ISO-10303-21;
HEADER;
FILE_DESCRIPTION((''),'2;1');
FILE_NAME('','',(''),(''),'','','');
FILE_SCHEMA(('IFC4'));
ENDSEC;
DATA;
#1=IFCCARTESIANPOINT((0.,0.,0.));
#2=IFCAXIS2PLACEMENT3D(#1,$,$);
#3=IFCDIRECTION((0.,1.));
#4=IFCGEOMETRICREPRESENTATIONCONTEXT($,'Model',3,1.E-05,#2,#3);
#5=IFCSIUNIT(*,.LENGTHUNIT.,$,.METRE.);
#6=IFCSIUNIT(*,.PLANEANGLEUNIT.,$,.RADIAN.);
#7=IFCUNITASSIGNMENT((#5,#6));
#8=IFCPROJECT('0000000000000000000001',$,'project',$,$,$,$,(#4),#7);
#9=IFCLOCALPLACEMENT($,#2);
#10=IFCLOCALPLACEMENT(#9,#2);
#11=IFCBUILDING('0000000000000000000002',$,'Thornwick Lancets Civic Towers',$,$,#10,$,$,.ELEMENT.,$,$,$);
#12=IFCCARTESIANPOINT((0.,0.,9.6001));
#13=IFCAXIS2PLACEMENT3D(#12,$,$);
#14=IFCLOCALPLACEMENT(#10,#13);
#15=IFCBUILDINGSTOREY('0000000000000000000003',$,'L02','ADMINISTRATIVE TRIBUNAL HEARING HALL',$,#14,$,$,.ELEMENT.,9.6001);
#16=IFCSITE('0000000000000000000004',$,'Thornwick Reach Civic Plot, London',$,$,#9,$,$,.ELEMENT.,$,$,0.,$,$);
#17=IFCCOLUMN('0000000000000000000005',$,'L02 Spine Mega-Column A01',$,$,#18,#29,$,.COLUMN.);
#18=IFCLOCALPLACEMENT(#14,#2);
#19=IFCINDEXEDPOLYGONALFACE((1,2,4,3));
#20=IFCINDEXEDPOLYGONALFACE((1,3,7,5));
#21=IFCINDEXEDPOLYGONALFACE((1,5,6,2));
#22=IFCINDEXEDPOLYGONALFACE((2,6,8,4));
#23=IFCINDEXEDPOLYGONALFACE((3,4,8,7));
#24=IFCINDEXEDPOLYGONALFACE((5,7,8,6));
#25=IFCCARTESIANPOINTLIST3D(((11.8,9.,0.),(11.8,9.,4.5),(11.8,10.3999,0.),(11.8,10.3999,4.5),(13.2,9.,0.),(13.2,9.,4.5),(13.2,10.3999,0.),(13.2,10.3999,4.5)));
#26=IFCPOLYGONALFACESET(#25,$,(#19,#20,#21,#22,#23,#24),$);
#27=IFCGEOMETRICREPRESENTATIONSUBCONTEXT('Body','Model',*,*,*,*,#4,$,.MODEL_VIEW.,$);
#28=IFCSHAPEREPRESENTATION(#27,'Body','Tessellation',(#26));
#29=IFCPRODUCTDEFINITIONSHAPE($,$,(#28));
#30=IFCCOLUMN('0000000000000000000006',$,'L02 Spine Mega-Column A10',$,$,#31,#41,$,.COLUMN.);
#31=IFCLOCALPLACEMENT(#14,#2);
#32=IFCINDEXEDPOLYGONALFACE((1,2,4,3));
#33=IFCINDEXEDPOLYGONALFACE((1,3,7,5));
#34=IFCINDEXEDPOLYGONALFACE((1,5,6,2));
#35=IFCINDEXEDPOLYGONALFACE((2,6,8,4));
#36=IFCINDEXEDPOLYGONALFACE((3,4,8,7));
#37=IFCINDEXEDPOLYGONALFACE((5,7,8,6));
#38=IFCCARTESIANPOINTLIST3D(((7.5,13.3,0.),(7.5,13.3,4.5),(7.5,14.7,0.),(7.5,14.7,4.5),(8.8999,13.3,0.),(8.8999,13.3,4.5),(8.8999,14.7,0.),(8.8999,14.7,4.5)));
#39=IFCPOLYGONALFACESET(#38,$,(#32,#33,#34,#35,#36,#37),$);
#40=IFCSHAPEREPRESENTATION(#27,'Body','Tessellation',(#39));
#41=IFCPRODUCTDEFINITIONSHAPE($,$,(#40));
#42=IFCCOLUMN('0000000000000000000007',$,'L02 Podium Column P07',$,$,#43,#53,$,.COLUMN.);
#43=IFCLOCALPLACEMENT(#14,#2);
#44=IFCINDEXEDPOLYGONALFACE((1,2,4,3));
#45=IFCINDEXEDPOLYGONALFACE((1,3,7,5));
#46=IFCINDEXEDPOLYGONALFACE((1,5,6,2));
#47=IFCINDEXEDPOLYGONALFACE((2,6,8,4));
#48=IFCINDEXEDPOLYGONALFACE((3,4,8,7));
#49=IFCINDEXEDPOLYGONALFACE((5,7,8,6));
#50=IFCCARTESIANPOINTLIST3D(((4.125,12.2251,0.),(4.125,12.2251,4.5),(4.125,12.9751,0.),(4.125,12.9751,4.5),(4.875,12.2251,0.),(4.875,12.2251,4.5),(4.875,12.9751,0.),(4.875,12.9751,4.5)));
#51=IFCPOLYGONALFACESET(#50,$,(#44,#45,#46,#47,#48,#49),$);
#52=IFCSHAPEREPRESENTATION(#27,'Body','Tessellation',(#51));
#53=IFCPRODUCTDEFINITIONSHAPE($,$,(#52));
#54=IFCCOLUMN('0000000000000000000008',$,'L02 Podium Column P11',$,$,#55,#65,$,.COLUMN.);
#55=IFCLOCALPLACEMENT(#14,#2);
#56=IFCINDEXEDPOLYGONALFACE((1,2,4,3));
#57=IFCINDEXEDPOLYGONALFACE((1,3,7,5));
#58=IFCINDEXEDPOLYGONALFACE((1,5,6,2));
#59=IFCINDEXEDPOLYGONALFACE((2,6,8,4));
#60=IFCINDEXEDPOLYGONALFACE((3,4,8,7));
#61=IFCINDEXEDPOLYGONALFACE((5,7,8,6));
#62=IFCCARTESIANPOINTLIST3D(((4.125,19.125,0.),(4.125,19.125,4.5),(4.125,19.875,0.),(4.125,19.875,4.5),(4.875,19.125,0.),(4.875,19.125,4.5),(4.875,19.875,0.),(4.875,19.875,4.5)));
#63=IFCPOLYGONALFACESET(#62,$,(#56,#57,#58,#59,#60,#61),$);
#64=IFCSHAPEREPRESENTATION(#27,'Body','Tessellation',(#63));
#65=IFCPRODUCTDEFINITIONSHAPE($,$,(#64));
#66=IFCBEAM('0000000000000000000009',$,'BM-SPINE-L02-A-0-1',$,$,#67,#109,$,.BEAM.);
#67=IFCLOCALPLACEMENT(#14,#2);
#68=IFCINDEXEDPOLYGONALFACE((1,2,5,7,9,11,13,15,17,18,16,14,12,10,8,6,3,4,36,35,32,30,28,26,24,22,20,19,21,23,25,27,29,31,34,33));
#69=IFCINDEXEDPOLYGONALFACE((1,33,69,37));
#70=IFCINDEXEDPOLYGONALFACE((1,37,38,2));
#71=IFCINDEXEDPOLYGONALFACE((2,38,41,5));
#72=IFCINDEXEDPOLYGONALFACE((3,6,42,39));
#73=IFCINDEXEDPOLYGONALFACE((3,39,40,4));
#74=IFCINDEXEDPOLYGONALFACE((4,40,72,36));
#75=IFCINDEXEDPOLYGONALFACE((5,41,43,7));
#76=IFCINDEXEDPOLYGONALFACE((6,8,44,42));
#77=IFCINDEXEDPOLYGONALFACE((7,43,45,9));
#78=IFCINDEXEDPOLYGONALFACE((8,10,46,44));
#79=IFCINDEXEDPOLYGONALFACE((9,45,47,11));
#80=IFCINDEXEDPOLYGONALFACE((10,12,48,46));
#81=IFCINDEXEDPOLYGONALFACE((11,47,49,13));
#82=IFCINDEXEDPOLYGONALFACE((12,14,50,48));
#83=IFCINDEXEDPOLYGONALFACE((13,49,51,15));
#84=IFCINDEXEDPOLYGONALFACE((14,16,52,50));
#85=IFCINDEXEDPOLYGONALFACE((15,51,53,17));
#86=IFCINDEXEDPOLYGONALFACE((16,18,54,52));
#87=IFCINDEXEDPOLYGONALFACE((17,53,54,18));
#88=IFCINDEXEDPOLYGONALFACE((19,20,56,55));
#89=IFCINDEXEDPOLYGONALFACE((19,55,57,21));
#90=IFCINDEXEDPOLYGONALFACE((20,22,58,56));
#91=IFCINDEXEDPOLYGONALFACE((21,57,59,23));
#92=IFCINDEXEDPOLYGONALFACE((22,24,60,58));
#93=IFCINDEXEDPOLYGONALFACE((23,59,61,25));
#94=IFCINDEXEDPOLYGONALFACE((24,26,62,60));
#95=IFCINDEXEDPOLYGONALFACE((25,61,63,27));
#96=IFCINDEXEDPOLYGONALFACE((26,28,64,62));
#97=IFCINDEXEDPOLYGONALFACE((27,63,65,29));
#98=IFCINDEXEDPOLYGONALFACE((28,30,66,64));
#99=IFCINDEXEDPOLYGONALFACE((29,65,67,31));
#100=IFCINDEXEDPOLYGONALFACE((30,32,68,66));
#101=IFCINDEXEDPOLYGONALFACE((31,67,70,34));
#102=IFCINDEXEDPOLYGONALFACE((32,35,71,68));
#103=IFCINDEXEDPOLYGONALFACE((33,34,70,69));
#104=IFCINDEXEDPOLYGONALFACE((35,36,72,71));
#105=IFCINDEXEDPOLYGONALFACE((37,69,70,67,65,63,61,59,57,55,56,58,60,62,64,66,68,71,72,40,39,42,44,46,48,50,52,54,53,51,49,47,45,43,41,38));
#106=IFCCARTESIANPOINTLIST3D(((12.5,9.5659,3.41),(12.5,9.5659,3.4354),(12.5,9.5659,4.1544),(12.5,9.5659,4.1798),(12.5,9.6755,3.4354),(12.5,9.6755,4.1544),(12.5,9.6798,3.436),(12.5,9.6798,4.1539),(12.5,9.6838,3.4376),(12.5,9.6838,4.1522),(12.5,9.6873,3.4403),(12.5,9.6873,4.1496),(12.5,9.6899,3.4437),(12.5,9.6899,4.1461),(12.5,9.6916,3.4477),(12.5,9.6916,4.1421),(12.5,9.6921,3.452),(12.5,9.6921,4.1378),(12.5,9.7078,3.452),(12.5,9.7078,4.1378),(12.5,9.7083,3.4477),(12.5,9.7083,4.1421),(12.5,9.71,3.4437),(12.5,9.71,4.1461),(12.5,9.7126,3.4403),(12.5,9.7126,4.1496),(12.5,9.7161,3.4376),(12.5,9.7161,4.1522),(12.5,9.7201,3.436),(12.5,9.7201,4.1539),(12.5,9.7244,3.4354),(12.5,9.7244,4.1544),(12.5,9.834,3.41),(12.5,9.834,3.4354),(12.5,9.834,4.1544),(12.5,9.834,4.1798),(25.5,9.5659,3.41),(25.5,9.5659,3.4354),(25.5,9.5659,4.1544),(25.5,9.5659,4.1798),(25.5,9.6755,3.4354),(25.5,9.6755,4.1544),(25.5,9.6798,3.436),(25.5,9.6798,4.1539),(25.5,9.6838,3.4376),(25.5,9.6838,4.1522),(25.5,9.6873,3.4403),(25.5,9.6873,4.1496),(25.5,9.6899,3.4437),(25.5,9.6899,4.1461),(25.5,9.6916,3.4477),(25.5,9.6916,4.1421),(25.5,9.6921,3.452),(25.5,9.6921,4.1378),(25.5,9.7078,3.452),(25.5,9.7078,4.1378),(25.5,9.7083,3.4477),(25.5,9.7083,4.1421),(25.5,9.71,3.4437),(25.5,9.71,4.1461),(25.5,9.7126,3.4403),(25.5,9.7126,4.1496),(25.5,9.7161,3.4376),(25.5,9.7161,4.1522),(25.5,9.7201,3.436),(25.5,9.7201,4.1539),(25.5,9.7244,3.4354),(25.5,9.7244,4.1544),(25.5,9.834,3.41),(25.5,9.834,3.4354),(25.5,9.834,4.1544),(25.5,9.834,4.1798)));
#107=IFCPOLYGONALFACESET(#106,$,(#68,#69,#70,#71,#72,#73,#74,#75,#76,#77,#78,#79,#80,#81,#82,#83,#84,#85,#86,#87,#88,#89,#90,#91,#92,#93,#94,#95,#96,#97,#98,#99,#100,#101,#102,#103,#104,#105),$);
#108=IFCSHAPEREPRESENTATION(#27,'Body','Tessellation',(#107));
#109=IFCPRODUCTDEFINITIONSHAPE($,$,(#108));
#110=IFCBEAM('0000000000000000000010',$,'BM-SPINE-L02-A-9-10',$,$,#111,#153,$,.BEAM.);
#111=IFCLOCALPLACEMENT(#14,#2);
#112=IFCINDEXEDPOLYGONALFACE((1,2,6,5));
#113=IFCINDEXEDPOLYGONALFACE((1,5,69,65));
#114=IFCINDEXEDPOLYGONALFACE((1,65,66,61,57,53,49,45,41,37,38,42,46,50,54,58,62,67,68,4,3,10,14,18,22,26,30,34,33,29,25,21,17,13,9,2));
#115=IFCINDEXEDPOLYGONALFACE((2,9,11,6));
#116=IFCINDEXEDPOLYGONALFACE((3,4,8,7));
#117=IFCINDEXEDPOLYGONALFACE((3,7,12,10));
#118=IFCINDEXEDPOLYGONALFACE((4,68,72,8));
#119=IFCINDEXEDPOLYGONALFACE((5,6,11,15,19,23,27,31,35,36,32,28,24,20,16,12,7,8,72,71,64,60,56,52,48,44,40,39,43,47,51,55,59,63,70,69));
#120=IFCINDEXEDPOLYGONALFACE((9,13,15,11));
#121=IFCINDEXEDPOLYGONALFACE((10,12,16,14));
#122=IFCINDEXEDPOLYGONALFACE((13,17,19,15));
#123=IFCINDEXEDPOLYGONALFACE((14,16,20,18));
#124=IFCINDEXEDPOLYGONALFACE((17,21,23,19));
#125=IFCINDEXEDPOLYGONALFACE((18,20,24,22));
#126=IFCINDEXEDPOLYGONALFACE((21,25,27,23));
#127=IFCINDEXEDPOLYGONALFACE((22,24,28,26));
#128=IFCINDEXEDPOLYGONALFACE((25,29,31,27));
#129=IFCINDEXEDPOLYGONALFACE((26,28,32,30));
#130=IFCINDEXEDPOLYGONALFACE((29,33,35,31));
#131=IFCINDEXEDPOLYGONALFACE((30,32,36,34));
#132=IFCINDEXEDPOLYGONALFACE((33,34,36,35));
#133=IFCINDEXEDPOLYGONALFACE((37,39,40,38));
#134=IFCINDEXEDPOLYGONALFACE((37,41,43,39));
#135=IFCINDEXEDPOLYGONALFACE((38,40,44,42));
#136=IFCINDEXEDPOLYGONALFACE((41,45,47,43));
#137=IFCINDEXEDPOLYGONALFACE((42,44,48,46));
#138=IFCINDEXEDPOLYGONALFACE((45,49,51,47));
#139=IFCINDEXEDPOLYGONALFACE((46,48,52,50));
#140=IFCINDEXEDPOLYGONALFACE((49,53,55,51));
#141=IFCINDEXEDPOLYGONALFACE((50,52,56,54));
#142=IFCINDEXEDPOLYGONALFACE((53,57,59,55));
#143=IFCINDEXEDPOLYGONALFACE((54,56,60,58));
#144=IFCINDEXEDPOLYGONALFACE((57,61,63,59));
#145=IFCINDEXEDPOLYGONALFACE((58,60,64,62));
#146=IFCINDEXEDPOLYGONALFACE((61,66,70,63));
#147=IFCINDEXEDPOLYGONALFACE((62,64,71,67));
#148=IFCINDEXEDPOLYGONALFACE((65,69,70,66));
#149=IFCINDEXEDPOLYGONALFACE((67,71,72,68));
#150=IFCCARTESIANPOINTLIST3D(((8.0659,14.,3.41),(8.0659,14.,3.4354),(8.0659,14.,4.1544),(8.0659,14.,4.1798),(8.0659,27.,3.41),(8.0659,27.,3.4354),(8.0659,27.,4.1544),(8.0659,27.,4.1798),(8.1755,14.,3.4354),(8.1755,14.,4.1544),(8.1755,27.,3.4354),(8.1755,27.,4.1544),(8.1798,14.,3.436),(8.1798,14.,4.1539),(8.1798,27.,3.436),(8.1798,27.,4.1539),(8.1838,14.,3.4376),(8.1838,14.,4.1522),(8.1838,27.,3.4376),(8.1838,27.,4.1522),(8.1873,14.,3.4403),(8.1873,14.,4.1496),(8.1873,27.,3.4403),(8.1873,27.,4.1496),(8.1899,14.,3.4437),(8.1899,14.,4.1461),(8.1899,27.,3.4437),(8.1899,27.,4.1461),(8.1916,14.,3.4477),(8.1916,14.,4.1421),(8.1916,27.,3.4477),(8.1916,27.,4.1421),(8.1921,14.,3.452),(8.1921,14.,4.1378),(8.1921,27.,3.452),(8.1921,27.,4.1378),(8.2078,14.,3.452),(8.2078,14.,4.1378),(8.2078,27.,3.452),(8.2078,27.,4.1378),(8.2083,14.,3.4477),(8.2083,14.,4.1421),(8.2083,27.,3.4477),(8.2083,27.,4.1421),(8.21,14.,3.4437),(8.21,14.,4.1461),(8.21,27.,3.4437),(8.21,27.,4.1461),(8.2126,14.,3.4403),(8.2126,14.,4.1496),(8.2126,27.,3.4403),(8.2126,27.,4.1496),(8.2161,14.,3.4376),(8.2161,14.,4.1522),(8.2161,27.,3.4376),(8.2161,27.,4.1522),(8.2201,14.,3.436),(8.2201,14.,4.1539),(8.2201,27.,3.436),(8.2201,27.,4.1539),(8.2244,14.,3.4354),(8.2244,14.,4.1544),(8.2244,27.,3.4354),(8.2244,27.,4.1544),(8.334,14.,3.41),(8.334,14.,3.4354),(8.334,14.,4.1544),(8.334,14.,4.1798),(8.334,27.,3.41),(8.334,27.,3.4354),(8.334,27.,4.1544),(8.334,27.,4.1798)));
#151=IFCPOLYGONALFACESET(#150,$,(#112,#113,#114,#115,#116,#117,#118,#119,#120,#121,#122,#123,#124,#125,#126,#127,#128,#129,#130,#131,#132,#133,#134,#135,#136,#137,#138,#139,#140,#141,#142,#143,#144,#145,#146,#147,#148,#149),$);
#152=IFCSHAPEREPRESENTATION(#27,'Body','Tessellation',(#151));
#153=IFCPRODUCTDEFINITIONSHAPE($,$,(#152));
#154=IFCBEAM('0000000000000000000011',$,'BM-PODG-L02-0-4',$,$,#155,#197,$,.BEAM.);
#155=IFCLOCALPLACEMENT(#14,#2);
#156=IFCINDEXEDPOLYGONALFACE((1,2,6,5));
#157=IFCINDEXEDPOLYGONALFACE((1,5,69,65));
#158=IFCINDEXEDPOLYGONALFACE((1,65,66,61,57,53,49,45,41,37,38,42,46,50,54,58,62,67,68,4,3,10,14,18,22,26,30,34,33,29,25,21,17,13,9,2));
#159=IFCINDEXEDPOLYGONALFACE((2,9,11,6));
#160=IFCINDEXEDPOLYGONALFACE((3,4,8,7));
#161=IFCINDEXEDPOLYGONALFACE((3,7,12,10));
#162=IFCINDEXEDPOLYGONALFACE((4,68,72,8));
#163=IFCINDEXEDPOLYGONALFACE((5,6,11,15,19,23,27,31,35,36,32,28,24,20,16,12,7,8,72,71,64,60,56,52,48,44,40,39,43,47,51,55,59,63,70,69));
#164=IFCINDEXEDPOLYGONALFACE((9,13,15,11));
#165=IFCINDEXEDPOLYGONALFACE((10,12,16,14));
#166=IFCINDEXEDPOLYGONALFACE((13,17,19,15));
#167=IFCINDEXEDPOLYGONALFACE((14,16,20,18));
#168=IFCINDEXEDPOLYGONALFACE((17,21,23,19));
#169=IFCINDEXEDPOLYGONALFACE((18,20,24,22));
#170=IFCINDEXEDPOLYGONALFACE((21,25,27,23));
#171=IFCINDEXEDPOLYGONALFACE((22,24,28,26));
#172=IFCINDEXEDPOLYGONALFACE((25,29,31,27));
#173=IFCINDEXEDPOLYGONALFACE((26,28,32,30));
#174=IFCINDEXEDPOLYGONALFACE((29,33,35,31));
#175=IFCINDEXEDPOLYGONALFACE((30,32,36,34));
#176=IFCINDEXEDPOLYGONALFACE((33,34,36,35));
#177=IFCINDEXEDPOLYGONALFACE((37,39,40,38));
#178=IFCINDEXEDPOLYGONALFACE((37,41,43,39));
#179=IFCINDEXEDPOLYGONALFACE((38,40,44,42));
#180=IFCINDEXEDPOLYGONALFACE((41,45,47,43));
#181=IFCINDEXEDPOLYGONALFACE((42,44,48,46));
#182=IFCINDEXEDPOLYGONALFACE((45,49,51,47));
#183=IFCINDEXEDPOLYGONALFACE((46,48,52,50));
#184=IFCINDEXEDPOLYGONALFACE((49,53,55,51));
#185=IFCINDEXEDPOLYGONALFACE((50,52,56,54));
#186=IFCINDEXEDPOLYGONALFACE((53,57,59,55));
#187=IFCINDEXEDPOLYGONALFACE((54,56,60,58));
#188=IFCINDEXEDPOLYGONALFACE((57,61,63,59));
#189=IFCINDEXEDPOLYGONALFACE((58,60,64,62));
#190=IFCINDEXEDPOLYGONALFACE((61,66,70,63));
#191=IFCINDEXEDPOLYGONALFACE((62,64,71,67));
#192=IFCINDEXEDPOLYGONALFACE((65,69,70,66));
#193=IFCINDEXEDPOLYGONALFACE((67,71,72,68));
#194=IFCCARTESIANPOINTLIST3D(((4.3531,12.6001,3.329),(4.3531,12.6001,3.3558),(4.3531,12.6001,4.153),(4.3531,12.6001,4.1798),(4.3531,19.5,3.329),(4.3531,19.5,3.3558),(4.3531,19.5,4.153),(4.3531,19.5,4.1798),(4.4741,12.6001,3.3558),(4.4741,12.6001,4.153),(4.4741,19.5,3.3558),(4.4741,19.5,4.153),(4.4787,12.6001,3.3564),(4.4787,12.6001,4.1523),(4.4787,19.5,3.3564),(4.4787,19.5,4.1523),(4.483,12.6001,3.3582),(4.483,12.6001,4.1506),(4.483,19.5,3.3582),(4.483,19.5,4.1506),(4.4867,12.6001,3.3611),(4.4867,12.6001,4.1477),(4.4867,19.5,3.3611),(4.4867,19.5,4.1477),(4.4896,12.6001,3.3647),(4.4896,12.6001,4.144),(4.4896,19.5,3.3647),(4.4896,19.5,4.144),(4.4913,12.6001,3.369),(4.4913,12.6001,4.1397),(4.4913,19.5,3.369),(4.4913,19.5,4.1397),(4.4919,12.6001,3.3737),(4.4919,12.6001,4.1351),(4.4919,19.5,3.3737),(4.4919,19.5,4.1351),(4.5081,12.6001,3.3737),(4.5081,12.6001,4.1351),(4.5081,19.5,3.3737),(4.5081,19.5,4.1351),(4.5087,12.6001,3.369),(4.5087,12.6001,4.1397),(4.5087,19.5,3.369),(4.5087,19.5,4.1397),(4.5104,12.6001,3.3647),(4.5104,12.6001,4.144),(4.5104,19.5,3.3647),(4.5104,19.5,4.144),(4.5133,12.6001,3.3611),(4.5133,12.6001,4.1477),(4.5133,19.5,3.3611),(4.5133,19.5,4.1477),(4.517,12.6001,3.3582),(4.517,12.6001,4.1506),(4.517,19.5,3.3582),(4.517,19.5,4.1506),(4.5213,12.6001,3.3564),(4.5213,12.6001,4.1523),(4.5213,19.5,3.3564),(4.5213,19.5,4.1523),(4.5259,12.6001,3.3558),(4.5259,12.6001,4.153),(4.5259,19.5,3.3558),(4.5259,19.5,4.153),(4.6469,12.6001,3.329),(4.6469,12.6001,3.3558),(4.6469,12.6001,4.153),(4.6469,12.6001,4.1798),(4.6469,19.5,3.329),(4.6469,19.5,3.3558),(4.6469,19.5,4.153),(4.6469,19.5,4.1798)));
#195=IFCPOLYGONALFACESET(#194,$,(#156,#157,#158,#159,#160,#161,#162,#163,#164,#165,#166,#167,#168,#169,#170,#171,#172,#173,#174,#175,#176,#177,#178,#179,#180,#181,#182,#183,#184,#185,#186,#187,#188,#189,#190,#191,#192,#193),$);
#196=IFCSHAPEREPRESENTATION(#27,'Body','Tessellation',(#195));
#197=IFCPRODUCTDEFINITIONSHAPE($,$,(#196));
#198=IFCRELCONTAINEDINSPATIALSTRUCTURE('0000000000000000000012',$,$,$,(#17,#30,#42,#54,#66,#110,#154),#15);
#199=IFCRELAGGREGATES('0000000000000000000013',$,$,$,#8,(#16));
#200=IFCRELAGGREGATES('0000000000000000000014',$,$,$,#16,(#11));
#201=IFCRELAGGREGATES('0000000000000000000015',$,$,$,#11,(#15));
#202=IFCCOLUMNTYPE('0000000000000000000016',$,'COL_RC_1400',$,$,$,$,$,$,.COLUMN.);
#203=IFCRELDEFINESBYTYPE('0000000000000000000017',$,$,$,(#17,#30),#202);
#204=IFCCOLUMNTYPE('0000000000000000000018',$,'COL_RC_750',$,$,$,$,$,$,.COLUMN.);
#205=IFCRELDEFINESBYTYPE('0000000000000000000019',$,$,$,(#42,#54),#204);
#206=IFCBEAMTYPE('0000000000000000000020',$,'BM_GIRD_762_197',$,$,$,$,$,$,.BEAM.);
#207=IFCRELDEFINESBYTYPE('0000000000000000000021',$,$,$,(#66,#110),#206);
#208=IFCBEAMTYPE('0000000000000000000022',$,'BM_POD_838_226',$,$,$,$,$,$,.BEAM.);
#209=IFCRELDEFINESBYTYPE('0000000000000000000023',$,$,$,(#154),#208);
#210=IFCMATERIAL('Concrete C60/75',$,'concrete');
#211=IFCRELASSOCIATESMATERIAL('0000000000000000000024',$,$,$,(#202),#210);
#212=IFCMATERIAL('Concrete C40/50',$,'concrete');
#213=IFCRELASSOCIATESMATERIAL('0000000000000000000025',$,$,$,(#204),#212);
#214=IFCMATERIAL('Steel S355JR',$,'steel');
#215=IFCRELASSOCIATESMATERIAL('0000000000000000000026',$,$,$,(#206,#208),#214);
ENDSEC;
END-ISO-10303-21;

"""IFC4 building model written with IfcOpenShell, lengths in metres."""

from ifc_helpers import new_model, si_unit, direction, frame, origin, origin_2d, place, context, subcontext, project, spatial, rectangle, i_section, extrude, material, material_profile, profile_set, type_object, element, save


model = new_model("IFC4")

# Units and contexts
model_context = context("Model", 3, precision=1e-05, world=origin(), true_north=direction((0.0, 1.0)))
body_context = subcontext(model_context, "Body", "Model", "MODEL_VIEW")
ifc_project = project(units=[si_unit("LENGTHUNIT", "METRE"), si_unit("PLANEANGLEUNIT", "RADIAN")], contexts=[model_context])

# Site, building, storey
site_placement = place(None, origin())
site = spatial("IfcSite", under=ifc_project, at=site_placement, Name="Thornwick Reach Civic Plot, London", CompositionType="ELEMENT", RefElevation=0.0)
building_placement = place(site_placement, origin())
building = spatial("IfcBuilding", under=site, at=building_placement, Name="Thornwick Lancets Civic Towers", CompositionType="ELEMENT")
storey_placement = place(building_placement, frame((0.0, 0.0, 9.6001)))
storey = spatial("IfcBuildingStorey", under=building, at=storey_placement, Name="L02", Description="ADMINISTRATIVE TRIBUNAL HEARING HALL", CompositionType="ELEMENT", Elevation=9.6001)

# Columns
ifc_material_1 = material(Name="Concrete C60/75", Category="concrete")
ifc_material_profile_1 = material_profile(ifc_material_1, rectangle(XDim=1.3999, YDim=1.3999, at=origin_2d()), Name="RC 1400x1400")
ifc_profile_set_1 = profile_set([ifc_material_profile_1], Name="Concrete C60/75")
column_type_1 = type_object("IfcColumnType", Name="COL_RC_1400", PredefinedType="COLUMN", material=ifc_profile_set_1)
for number, where, z_axis, x_axis, name in (
    (1, (12.5, 9.7, 0.0), (0.0, 0.0, 1.0), (1.0, 0.0, 0.0), "L02 Spine Mega-Column A01"),
    (2, (8.2, 14.0, 0.0), (0.0, 0.0, 1.0), (1.0, 0.0, 0.0), "L02 Spine Mega-Column A10"),
):
    element("IfcColumn", number, at=place(storey_placement, frame(where, z_axis=z_axis, x_axis=x_axis)), inside=storey, type_object=column_type_1, Name=name, PredefinedType="COLUMN", context=body_context, shape_type="SweptSolid", body=[
        extrude(rectangle(XDim=1.3999, YDim=1.3999, at=origin_2d()), origin(), (0.0, 0.0, 1.0), 4.5),
    ])
ifc_material_2 = material(Name="Concrete C40/50", Category="concrete")
ifc_material_profile_2 = material_profile(ifc_material_2, rectangle(XDim=0.75, YDim=0.75, at=origin_2d()), Name="RC 750x750")
ifc_profile_set_2 = profile_set([ifc_material_profile_2], Name="Concrete C40/50")
column_type_2 = type_object("IfcColumnType", Name="COL_RC_750", PredefinedType="COLUMN", material=ifc_profile_set_2)
for number, where, z_axis, x_axis, name in (
    (3, (4.5, 12.6001, 0.0), (0.0, 0.0, 1.0), (1.0, 0.0, 0.0), "L02 Podium Column P07"),
    (4, (4.5, 19.5, 0.0), (0.0, 0.0, 1.0), (1.0, 0.0, 0.0), "L02 Podium Column P11"),
):
    element("IfcColumn", number, at=place(storey_placement, frame(where, z_axis=z_axis, x_axis=x_axis)), inside=storey, type_object=column_type_2, Name=name, PredefinedType="COLUMN", context=body_context, shape_type="SweptSolid", body=[
        extrude(rectangle(XDim=0.75, YDim=0.75, at=origin_2d()), origin(), (0.0, 0.0, 1.0), 4.5),
    ])

# Beams
ifc_material_3 = material(Name="Steel S355JR", Category="steel")
ifc_material_profile_3 = material_profile(ifc_material_3, i_section(OverallWidth=0.2681, OverallDepth=0.7698, WebThickness=0.0156, FlangeThickness=0.0254, FilletRadius=0.0166, at=origin_2d()), Name="UKB 762x267x197")
ifc_profile_set_3 = profile_set([ifc_material_profile_3], Name="Steel S355JR")
beam_type_1 = type_object("IfcBeamType", Name="BM_GIRD_762_197", PredefinedType="BEAM", material=ifc_profile_set_3)
for number, where, z_axis, x_axis, name in (
    (5, (12.5, 9.7, 3.7949), (1.0, 0.0, 0.0), (0.0, 1.0, 0.0), "BM-SPINE-L02-A-0-1"),
    (6, (8.2, 14.0, 3.7949), (0.0, 1.0, 0.0), (-1.0, 0.0, 0.0), "BM-SPINE-L02-A-9-10"),
):
    element("IfcBeam", number, at=place(storey_placement, frame(where, z_axis=z_axis, x_axis=x_axis)), inside=storey, type_object=beam_type_1, Name=name, PredefinedType="BEAM", context=body_context, shape_type="SweptSolid", body=[
        extrude(i_section(OverallWidth=0.2681, OverallDepth=0.7698, WebThickness=0.0156, FlangeThickness=0.0254, FilletRadius=0.0166, at=origin_2d()), origin(), (0.0, 0.0, 1.0), 13.0),
    ])
ifc_material_profile_4 = material_profile(ifc_material_3, i_section(OverallWidth=0.2937, OverallDepth=0.8508, WebThickness=0.0161, FlangeThickness=0.0269, FilletRadius=0.0178, at=origin_2d()), Name="UKB 838x292x226")
ifc_profile_set_4 = profile_set([ifc_material_profile_4], Name="Steel S355JR")
beam_type_2 = type_object("IfcBeamType", Name="BM_POD_838_226", PredefinedType="BEAM", material=ifc_profile_set_4)
beam_1_placement = place(storey_placement, frame((4.5, 12.6001, 3.7544), z_axis=(0.0, 1.0, 0.0), x_axis=(-1.0, 0.0, 0.0)))
element("IfcBeam", 7, at=beam_1_placement, inside=storey, type_object=beam_type_2, Name="BM-PODG-L02-0-4", PredefinedType="BEAM", context=body_context, shape_type="SweptSolid", body=[
    extrude(i_section(OverallWidth=0.2937, OverallDepth=0.8508, WebThickness=0.0161, FlangeThickness=0.0269, FilletRadius=0.0178, at=origin_2d()), origin(), (0.0, 0.0, 1.0), 6.8999),
])

save(model, "model.ifc")
